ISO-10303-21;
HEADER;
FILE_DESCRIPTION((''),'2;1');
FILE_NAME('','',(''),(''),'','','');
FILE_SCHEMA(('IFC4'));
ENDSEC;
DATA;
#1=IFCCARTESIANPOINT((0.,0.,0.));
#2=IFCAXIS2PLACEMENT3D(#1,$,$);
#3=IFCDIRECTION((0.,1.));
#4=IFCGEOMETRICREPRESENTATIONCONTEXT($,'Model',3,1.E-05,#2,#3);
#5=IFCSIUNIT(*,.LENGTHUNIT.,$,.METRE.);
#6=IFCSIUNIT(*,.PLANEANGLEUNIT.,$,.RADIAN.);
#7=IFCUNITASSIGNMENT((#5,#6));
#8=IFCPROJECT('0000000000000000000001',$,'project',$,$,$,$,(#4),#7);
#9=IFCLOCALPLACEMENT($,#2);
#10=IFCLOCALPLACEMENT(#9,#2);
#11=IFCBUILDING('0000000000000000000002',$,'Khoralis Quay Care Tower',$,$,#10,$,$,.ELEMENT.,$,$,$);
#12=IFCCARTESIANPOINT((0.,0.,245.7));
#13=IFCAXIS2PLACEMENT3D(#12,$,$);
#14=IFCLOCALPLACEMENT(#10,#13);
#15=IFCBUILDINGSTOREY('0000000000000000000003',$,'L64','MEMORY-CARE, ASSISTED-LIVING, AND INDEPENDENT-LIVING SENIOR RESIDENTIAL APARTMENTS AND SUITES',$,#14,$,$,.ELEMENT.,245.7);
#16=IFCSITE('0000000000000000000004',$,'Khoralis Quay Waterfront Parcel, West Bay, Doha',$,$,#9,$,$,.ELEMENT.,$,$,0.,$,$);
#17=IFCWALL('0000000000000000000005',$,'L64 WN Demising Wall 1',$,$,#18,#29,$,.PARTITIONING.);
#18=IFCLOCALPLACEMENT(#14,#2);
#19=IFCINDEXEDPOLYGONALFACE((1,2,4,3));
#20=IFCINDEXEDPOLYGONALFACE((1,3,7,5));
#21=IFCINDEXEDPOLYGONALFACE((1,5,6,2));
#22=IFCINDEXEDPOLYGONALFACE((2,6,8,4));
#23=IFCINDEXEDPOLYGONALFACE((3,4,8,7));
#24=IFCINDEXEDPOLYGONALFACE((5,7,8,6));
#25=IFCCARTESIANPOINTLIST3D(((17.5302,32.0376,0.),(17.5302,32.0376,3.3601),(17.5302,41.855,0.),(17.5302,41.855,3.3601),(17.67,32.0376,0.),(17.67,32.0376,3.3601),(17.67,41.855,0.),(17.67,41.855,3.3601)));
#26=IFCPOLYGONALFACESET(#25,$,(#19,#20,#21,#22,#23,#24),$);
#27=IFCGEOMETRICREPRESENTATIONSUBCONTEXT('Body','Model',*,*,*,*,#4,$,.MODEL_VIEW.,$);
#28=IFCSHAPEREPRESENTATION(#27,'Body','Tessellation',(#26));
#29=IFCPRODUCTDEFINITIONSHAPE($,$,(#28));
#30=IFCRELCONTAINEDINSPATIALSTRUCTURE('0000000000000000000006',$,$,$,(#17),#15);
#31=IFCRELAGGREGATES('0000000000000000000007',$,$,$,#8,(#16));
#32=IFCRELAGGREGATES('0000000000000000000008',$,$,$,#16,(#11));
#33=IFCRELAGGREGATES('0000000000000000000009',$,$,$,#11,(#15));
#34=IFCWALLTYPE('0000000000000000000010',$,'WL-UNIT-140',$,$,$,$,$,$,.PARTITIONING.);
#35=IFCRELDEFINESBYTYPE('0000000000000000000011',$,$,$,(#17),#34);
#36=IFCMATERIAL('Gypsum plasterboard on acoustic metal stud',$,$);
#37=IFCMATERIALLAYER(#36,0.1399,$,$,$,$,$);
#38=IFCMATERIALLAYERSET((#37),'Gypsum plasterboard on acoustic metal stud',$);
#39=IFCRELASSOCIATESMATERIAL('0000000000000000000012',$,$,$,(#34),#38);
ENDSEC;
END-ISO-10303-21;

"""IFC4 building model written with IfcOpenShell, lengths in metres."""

from ifc_helpers import new_model, si_unit, direction, frame, frame_2d, origin, place, context, subcontext, project, spatial, rectangle, extrude, material, layer, layer_set, type_object, element, save


model = new_model("IFC4")

# Units and contexts
model_context = context("Model", 3, precision=1e-05, world=origin(), true_north=direction((0.0, 1.0)))
body_context = subcontext(model_context, "Body", "Model", "MODEL_VIEW")
ifc_project = project(units=[si_unit("LENGTHUNIT", "METRE"), si_unit("PLANEANGLEUNIT", "RADIAN")], contexts=[model_context])

# Site, building, storey
site_placement = place(None, origin())
site = spatial("IfcSite", under=ifc_project, at=site_placement, Name="Khoralis Quay Waterfront Parcel, West Bay, Doha", CompositionType="ELEMENT", RefElevation=0.0)
building_placement = place(site_placement, origin())
building = spatial("IfcBuilding", under=site, at=building_placement, Name="Khoralis Quay Care Tower", CompositionType="ELEMENT")
storey_placement = place(building_placement, frame((0.0, 0.0, 245.7)))
storey = spatial("IfcBuildingStorey", under=building, at=storey_placement, Name="L64", Description="MEMORY-CARE, ASSISTED-LIVING, AND INDEPENDENT-LIVING SENIOR RESIDENTIAL APARTMENTS AND SUITES", CompositionType="ELEMENT", Elevation=245.7)

# Shared definitions
ifc_material_1 = material(Name="Gypsum plasterboard on acoustic metal stud")

# Wall
ifc_layer_1 = layer(ifc_material_1, 0.1399)
ifc_layer_set_1 = layer_set([ifc_layer_1], Name="Gypsum plasterboard on acoustic metal stud")
wall_type_1 = type_object("IfcWallType", Name="WL-UNIT-140", PredefinedType="PARTITIONING", material=ifc_layer_set_1)
wall_1_placement = place(storey_placement, frame((17.6001, 32.0376, 0.0), z_axis=(0.0, 0.0, 1.0), x_axis=(0.0, 1.0, 0.0)))
element("IfcWall", 1, at=wall_1_placement, inside=storey, type_object=wall_type_1, Name="L64 WN Demising Wall 1", PredefinedType="PARTITIONING", context=body_context, shape_type="SweptSolid", body=[
    extrude(rectangle(XDim=9.8174, YDim=0.1399, at=frame_2d((4.9087, 0.0))), origin(), (0.0, 0.0, 1.0), 3.3601),
])

save(model, "model.ifc")
